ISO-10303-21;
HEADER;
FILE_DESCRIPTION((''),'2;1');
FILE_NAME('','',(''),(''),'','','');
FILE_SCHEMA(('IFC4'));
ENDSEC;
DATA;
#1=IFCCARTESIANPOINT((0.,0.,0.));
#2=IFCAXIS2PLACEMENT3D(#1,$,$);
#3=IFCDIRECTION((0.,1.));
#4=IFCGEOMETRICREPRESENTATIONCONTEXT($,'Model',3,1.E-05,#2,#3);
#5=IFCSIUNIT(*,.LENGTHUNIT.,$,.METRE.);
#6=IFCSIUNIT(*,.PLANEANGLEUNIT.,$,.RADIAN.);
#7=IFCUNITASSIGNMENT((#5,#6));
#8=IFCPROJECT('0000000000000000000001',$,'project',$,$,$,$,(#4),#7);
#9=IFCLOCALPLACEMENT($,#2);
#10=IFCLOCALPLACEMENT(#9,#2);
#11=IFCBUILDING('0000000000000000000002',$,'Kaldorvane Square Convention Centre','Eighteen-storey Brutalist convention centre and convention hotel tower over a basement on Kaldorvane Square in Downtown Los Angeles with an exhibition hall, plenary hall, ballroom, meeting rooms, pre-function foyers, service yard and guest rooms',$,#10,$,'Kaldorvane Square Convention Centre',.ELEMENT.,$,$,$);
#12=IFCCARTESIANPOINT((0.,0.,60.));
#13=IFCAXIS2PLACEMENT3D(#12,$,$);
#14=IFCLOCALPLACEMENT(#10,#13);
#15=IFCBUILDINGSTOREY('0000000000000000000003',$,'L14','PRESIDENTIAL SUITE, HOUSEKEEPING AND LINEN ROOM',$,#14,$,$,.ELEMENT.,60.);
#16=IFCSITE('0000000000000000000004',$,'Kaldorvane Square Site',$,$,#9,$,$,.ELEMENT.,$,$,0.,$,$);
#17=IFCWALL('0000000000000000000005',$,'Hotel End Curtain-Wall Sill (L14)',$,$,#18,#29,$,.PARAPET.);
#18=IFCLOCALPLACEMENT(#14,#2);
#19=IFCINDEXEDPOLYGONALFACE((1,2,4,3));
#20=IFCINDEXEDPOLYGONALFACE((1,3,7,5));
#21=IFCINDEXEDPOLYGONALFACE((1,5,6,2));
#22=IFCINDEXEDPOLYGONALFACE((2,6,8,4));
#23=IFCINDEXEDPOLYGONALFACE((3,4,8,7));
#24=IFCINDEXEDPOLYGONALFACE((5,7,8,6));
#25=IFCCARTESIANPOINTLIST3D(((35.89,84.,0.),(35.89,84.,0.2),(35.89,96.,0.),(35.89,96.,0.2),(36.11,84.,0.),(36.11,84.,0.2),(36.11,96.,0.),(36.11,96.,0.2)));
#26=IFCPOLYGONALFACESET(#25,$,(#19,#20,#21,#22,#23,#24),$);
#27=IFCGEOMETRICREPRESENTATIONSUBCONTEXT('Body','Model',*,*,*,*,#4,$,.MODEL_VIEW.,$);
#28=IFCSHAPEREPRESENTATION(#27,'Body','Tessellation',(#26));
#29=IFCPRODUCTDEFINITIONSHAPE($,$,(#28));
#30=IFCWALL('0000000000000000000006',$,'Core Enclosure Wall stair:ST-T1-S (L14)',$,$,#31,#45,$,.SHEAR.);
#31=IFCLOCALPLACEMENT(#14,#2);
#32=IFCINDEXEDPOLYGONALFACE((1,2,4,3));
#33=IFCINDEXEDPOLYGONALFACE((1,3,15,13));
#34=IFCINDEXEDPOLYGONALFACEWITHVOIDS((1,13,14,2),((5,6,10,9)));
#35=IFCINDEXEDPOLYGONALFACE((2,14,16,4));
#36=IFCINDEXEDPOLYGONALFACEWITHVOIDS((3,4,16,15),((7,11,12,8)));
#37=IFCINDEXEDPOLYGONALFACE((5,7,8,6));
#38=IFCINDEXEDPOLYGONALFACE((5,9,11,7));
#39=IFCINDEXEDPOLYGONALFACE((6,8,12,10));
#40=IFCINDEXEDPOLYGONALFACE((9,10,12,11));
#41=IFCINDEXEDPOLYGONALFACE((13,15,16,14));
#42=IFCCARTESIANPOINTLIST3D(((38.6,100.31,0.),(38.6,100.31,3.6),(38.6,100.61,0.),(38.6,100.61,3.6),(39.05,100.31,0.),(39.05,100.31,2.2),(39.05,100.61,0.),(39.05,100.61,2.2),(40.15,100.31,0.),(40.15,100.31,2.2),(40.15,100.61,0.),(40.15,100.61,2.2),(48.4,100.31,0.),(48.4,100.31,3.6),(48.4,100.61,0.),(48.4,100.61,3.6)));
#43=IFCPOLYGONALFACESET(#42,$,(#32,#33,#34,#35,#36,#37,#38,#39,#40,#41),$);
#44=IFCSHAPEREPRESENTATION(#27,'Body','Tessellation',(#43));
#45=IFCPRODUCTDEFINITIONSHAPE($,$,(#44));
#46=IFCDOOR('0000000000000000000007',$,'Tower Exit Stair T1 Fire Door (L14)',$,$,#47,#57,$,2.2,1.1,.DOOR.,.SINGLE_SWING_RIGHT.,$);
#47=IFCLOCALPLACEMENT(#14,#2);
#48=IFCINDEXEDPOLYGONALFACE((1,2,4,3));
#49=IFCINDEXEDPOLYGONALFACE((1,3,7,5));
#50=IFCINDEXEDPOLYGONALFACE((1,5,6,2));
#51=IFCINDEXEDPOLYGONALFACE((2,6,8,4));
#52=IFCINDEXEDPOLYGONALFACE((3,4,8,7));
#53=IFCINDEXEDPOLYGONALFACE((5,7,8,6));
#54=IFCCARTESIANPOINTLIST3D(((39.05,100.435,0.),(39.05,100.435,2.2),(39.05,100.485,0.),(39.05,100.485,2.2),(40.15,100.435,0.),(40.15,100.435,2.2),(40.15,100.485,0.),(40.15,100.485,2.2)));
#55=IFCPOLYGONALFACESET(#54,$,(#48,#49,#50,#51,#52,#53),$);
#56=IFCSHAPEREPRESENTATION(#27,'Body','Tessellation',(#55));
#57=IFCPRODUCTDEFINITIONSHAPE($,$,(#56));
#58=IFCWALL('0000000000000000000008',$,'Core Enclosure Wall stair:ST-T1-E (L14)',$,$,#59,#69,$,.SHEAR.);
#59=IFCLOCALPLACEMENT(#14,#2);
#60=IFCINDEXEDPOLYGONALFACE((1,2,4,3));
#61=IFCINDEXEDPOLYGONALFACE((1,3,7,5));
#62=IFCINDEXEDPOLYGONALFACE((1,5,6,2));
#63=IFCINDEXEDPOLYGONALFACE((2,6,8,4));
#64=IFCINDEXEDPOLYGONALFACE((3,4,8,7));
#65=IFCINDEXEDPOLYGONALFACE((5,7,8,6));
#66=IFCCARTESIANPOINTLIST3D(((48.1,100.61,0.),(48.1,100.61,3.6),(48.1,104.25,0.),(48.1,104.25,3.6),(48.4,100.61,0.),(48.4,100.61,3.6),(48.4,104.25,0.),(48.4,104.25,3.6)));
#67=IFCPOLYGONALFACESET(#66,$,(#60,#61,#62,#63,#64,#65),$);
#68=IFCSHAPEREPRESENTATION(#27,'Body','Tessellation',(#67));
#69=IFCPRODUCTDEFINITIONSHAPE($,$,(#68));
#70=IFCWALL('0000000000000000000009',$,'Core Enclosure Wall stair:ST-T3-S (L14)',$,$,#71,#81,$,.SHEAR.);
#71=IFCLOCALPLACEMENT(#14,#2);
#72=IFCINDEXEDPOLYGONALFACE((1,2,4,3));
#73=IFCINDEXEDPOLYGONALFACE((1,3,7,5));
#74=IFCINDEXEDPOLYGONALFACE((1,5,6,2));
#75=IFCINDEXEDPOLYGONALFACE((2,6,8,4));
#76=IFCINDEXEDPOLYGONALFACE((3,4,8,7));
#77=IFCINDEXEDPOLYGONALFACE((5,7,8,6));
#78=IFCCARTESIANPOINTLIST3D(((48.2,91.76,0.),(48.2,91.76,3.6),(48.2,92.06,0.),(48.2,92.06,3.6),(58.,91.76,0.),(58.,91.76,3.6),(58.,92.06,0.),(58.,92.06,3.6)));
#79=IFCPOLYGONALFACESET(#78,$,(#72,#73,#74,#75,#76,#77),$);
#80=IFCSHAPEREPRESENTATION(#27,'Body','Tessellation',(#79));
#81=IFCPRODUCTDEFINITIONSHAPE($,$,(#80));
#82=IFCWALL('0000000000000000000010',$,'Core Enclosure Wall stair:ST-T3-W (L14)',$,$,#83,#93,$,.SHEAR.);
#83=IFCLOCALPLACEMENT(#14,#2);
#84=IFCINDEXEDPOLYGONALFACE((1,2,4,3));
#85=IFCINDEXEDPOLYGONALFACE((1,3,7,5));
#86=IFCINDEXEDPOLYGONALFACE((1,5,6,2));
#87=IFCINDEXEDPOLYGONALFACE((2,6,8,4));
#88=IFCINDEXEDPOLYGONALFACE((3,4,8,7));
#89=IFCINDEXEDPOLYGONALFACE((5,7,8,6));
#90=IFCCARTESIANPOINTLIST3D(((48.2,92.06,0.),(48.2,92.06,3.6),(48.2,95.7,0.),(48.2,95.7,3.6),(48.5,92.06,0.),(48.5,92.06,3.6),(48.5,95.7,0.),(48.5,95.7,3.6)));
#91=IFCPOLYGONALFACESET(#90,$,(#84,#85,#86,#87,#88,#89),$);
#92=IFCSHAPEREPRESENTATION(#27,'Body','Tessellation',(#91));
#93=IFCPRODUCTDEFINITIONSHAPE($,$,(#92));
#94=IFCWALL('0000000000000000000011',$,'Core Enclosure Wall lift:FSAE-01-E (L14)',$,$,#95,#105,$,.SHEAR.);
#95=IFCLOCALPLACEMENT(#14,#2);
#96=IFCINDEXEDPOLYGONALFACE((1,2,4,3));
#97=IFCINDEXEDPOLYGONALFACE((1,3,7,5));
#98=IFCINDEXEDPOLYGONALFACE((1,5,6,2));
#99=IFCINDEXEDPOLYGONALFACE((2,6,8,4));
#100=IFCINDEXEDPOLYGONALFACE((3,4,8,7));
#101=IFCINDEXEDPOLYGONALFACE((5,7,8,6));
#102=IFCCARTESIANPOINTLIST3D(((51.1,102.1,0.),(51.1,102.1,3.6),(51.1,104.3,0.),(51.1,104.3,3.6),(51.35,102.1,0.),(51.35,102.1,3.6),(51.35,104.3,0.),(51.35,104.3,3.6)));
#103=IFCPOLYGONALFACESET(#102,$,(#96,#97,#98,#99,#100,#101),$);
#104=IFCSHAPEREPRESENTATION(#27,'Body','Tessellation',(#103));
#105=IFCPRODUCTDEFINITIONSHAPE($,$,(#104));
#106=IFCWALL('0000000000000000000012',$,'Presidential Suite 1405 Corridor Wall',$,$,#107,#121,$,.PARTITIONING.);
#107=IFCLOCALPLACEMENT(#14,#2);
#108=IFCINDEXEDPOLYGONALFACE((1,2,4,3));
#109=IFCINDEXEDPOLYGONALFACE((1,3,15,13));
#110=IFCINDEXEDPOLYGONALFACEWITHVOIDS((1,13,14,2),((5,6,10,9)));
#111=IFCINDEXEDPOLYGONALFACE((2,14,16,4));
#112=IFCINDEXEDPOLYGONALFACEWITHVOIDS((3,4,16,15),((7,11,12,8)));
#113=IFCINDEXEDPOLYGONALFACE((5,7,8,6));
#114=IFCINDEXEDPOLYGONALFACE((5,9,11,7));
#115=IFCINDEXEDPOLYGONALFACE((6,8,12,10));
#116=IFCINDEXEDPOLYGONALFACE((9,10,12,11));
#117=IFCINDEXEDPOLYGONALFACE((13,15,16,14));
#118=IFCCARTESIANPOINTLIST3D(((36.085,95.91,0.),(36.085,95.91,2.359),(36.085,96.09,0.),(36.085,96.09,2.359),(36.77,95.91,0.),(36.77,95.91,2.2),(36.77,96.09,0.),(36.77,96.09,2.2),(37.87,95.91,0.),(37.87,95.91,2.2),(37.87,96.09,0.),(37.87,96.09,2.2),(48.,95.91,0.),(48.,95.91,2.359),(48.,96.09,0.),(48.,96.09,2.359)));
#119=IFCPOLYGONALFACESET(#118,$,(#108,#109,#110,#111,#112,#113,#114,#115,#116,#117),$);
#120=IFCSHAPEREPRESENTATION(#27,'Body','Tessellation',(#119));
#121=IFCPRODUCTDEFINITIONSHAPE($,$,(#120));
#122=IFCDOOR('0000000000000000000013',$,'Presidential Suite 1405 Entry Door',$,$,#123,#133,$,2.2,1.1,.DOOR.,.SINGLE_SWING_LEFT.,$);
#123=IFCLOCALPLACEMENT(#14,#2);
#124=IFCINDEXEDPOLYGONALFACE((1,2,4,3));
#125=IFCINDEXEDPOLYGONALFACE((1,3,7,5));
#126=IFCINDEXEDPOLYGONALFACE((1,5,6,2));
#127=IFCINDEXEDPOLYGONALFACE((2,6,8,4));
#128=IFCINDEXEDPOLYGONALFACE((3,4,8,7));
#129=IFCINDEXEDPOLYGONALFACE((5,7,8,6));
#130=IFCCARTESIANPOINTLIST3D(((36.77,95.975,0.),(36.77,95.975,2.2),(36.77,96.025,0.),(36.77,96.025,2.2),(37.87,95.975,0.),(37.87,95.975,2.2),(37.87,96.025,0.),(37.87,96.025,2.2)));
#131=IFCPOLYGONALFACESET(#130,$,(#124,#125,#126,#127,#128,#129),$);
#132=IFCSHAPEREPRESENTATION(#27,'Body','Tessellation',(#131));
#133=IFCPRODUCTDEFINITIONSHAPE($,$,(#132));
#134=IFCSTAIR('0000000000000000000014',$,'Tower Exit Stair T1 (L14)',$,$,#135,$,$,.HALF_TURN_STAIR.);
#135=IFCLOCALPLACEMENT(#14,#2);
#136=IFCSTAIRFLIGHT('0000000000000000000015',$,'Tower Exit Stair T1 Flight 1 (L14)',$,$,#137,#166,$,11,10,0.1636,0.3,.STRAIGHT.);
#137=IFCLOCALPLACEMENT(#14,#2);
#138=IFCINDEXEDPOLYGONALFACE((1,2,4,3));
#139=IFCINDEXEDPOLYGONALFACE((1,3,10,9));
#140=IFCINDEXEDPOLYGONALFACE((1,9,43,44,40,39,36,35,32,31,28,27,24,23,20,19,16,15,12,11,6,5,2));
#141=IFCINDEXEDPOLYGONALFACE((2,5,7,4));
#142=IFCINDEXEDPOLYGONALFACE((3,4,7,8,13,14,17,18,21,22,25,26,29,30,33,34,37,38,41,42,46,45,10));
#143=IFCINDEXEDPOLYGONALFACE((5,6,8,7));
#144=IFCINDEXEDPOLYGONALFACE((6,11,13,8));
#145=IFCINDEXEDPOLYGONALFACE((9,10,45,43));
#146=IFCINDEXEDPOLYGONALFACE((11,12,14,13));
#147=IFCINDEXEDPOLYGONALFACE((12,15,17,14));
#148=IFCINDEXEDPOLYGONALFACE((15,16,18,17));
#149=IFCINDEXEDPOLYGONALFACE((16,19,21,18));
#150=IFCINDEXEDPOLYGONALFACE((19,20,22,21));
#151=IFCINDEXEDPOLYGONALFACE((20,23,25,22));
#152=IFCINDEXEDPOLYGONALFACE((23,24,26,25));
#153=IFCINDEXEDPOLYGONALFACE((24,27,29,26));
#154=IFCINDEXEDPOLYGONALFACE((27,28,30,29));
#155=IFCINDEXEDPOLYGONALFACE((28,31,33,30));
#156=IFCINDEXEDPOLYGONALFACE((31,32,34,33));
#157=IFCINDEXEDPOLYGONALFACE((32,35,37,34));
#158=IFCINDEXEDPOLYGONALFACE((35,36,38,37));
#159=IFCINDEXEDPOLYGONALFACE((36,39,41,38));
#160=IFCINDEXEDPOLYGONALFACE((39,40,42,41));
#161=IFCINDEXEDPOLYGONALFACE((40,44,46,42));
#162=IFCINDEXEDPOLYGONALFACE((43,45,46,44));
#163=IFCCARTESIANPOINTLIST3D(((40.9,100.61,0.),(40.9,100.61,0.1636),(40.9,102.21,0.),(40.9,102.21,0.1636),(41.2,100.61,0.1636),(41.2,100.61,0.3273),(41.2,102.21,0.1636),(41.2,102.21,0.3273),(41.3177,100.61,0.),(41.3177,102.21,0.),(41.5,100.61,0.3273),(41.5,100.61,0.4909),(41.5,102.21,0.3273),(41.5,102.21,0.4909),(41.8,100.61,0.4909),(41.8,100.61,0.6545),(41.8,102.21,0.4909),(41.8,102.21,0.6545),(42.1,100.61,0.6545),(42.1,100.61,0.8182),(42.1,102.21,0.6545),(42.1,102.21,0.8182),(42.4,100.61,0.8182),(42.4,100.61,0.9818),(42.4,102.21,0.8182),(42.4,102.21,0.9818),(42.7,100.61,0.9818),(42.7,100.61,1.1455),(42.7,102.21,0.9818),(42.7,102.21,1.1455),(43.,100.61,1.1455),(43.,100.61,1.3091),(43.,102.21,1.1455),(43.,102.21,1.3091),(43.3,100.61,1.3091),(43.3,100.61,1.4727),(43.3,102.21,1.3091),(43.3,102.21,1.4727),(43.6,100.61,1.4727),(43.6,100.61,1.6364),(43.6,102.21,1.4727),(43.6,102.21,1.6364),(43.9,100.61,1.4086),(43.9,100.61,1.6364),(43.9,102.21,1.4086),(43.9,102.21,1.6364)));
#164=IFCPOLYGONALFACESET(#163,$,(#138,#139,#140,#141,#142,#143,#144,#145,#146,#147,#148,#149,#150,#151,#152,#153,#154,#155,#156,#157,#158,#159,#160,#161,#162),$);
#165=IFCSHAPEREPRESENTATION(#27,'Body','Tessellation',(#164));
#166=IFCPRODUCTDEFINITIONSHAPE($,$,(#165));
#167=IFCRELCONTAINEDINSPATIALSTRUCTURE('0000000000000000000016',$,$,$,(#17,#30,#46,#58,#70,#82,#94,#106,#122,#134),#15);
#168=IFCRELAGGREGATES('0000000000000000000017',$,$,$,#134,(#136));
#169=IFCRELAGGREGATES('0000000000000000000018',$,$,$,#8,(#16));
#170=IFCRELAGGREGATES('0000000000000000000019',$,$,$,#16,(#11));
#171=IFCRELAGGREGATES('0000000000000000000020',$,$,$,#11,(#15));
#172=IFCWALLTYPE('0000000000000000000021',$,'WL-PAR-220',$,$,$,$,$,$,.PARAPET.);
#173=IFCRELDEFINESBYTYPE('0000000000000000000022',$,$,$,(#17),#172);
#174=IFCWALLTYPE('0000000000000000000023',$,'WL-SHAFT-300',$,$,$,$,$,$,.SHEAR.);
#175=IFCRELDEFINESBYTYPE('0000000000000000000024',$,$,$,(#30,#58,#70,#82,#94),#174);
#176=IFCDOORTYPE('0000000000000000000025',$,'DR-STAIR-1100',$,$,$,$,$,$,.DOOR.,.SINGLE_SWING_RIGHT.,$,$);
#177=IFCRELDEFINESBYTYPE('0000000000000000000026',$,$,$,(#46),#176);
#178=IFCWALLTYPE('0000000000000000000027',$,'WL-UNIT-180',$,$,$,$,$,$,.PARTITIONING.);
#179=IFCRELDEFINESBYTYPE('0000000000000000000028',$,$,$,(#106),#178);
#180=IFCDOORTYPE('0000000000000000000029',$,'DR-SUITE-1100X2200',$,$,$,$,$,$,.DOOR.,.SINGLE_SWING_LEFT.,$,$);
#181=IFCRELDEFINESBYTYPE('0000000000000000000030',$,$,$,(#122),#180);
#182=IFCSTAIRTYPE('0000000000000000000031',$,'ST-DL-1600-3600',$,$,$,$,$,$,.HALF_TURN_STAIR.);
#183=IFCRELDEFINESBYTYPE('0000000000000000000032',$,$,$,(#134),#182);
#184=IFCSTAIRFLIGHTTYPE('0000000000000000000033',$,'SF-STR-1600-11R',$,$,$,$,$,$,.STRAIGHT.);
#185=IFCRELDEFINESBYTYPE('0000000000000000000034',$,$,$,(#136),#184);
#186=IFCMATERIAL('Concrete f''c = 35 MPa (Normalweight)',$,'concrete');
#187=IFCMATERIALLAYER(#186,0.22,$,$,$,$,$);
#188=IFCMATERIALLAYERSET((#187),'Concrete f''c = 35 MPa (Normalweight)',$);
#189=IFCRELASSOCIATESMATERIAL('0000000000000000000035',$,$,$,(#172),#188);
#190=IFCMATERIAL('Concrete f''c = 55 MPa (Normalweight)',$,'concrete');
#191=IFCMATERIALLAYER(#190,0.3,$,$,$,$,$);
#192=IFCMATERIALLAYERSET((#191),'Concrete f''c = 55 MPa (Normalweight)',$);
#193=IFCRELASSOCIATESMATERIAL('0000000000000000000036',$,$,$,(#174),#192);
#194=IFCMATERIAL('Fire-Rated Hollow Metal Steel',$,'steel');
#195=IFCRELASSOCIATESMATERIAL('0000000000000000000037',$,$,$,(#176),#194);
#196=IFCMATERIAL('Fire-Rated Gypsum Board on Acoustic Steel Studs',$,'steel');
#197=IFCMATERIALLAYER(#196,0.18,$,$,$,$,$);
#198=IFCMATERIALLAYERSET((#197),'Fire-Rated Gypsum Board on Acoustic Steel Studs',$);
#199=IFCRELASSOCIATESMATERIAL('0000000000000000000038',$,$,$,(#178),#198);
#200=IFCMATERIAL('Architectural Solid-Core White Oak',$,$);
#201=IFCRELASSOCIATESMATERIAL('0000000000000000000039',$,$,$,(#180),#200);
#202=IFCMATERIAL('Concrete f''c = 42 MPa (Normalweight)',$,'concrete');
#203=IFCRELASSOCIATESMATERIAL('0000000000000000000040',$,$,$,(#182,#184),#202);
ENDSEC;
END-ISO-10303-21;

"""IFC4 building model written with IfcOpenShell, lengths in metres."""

from ifc_helpers import new_model, si_unit, direction, frame, frame_2d, origin, place, context, subcontext, project, spatial, polyline, rectangle, outline, extrude, material, layer, layer_set, type_object, element, fill, aggregate, save


model = new_model("IFC4")

# Units and contexts
model_context = context("Model", 3, precision=1e-05, world=origin(), true_north=direction((0.0, 1.0)))
body_context = subcontext(model_context, "Body", "Model", "MODEL_VIEW")
ifc_project = project(units=[si_unit("LENGTHUNIT", "METRE"), si_unit("PLANEANGLEUNIT", "RADIAN")], contexts=[model_context])

# Site, building, storey
site_placement = place(None, origin())
site = spatial("IfcSite", under=ifc_project, at=site_placement, Name="Kaldorvane Square Site", CompositionType="ELEMENT", RefElevation=0.0)
building_placement = place(site_placement, origin())
building = spatial("IfcBuilding", under=site, at=building_placement, Name="Kaldorvane Square Convention Centre", Description="Eighteen-storey Brutalist convention centre and convention hotel tower over a basement on Kaldorvane Square in Downtown Los Angeles with an exhibition hall, plenary hall, ballroom, meeting rooms, pre-function foyers, service yard and guest rooms", LongName="Kaldorvane Square Convention Centre", CompositionType="ELEMENT")
storey_placement = place(building_placement, frame((0.0, 0.0, 60.0)))
storey = spatial("IfcBuildingStorey", under=building, at=storey_placement, Name="L14", Description="PRESIDENTIAL SUITE, HOUSEKEEPING AND LINEN ROOM", CompositionType="ELEMENT", Elevation=60.0)

# Shared definitions
ifc_material_1 = material(Name="Fire-Rated Gypsum Board on Acoustic Steel Studs", Category="steel")
ifc_material_2 = material(Name="Architectural Solid-Core White Oak")

# Wall
ifc_material_3 = material(Name="Concrete f'c = 35 MPa (Normalweight)", Category="concrete")
ifc_layer_1 = layer(ifc_material_3, 0.22)
ifc_layer_set_1 = layer_set([ifc_layer_1], Name="Concrete f'c = 35 MPa (Normalweight)")
wall_type_1 = type_object("IfcWallType", Name="WL-PAR-220", PredefinedType="PARAPET", material=ifc_layer_set_1)
wall_1_placement = place(storey_placement, frame((36.0, 96.0, 0.0), z_axis=(0.0, 0.0, 1.0), x_axis=(0.0, -1.0, 0.0)))
element("IfcWall", 1, at=wall_1_placement, inside=storey, type_object=wall_type_1, Name="Hotel End Curtain-Wall Sill (L14)", PredefinedType="PARAPET", context=body_context, shape_type="SweptSolid", body=[
    extrude(rectangle(XDim=12.0, YDim=0.22, at=frame_2d((6.0, 0.0))), origin(), (0.0, 0.0, 1.0), 0.2),
])

# Wall, opening, door
ifc_material_4 = material(Name="Concrete f'c = 55 MPa (Normalweight)", Category="concrete")
ifc_layer_2 = layer(ifc_material_4, 0.3)
ifc_layer_set_2 = layer_set([ifc_layer_2], Name="Concrete f'c = 55 MPa (Normalweight)")
wall_type_2 = type_object("IfcWallType", Name="WL-SHAFT-300", PredefinedType="SHEAR", material=ifc_layer_set_2)
wall_2_placement = place(storey_placement, frame((38.6, 100.46, 0.0), z_axis=(0.0, 0.0, 1.0), x_axis=(1.0, 0.0, 0.0)))
wall_2 = element("IfcWall", 2, at=wall_2_placement, inside=storey, type_object=wall_type_2, Name="Core Enclosure Wall stair:ST-T1-S (L14)", PredefinedType="SHEAR", context=body_context, shape_type="SweptSolid", body=[
    extrude(rectangle(XDim=9.8, YDim=0.3, at=frame_2d((4.9, 0.0))), origin(), (0.0, 0.0, 1.0), 3.6),
])
opening_1_placement = place(wall_2_placement, frame((0.45, 0.0, 0.0)))
opening_1 = element("IfcOpeningElement", 3, at=opening_1_placement, cuts=wall_2, PredefinedType="OPENING", context=body_context, shape_type="SweptSolid", body=[
    extrude(rectangle(XDim=1.1, YDim=2.2, at=frame_2d((0.55, 1.1))), frame((0.0, 0.165, 0.0), z_axis=(0.0, -1.0, 0.0), x_axis=(1.0, 0.0, 0.0)), (0.0, 0.0, 1.0), 0.33),
])
ifc_material_5 = material(Name="Fire-Rated Hollow Metal Steel", Category="steel")
door_type_1 = type_object("IfcDoorType", Name="DR-STAIR-1100", OperationType="SINGLE_SWING_RIGHT", PredefinedType="DOOR", material=ifc_material_5)
door_1_placement = place(opening_1_placement, origin())
door_1 = element("IfcDoor", 4, at=door_1_placement, inside=storey, type_object=door_type_1, Name="Tower Exit Stair T1 Fire Door (L14)", OperationType="SINGLE_SWING_RIGHT", OverallHeight=2.2, OverallWidth=1.1, PredefinedType="DOOR", context=body_context, shape_type="SweptSolid", body=[
    extrude(rectangle(XDim=1.1, YDim=2.2, at=frame_2d((0.55, 1.1))), frame((0.0, 0.025, 0.0), z_axis=(0.0, -1.0, 0.0), x_axis=(1.0, 0.0, 0.0)), (0.0, 0.0, 1.0), 0.05),
])
fill(opening_1, door_1)

# Walls
wall_3_placement = place(storey_placement, frame((48.25, 100.61, 0.0), z_axis=(0.0, 0.0, 1.0), x_axis=(0.0, 1.0, 0.0)))
element("IfcWall", 5, at=wall_3_placement, inside=storey, type_object=wall_type_2, Name="Core Enclosure Wall stair:ST-T1-E (L14)", PredefinedType="SHEAR", context=body_context, shape_type="SweptSolid", body=[
    extrude(rectangle(XDim=3.64, YDim=0.3, at=frame_2d((1.82, 0.0))), origin(), (0.0, 0.0, 1.0), 3.6),
])
wall_4_placement = place(storey_placement, frame((48.2, 91.91, 0.0), z_axis=(0.0, 0.0, 1.0), x_axis=(1.0, 0.0, 0.0)))
element("IfcWall", 6, at=wall_4_placement, inside=storey, type_object=wall_type_2, Name="Core Enclosure Wall stair:ST-T3-S (L14)", PredefinedType="SHEAR", context=body_context, shape_type="SweptSolid", body=[
    extrude(rectangle(XDim=9.8, YDim=0.3, at=frame_2d((4.9, 0.0))), origin(), (0.0, 0.0, 1.0), 3.6),
])
wall_5_placement = place(storey_placement, frame((48.35, 95.7, 0.0), z_axis=(0.0, 0.0, 1.0), x_axis=(0.0, -1.0, 0.0)))
element("IfcWall", 7, at=wall_5_placement, inside=storey, type_object=wall_type_2, Name="Core Enclosure Wall stair:ST-T3-W (L14)", PredefinedType="SHEAR", context=body_context, shape_type="SweptSolid", body=[
    extrude(rectangle(XDim=3.64, YDim=0.3, at=frame_2d((1.82, 0.0))), origin(), (0.0, 0.0, 1.0), 3.6),
])

# Wall
wall_6_placement = place(storey_placement, frame((51.225, 102.1, 0.0), z_axis=(0.0, 0.0, 1.0), x_axis=(0.0, 1.0, 0.0)))
element("IfcWall", 8, at=wall_6_placement, inside=storey, type_object=wall_type_2, Name="Core Enclosure Wall lift:FSAE-01-E (L14)", PredefinedType="SHEAR", context=body_context, shape_type="SweptSolid", body=[
    extrude(rectangle(XDim=2.2, YDim=0.25, at=frame_2d((1.1, 0.0))), origin(), (0.0, 0.0, 1.0), 3.6),
])

# Wall, opening, door
ifc_layer_3 = layer(ifc_material_1, 0.18)
ifc_layer_set_3 = layer_set([ifc_layer_3], Name="Fire-Rated Gypsum Board on Acoustic Steel Studs")
wall_type_3 = type_object("IfcWallType", Name="WL-UNIT-180", PredefinedType="PARTITIONING", material=ifc_layer_set_3)
wall_7_placement = place(storey_placement, frame((36.085, 96.0, 0.0), z_axis=(0.0, 0.0, 1.0), x_axis=(1.0, 0.0, 0.0)))
wall_7 = element("IfcWall", 9, at=wall_7_placement, inside=storey, type_object=wall_type_3, Name="Presidential Suite 1405 Corridor Wall", PredefinedType="PARTITIONING", context=body_context, shape_type="SweptSolid", body=[
    extrude(rectangle(XDim=11.915, YDim=0.18, at=frame_2d((5.9575, 0.0))), origin(), (0.0, 0.0, 1.0), 2.359),
])
opening_2_placement = place(wall_7_placement, frame((0.685, 0.0, 0.0)))
opening_2 = element("IfcOpeningElement", 10, at=opening_2_placement, cuts=wall_7, PredefinedType="OPENING", context=body_context, shape_type="SweptSolid", body=[
    extrude(rectangle(XDim=1.1, YDim=2.2, at=frame_2d((0.55, 1.1))), frame((0.0, 0.105, 0.0), z_axis=(0.0, -1.0, 0.0), x_axis=(1.0, 0.0, 0.0)), (0.0, 0.0, 1.0), 0.21),
])
door_type_2 = type_object("IfcDoorType", Name="DR-SUITE-1100X2200", OperationType="SINGLE_SWING_LEFT", PredefinedType="DOOR", material=ifc_material_2)
door_2_placement = place(opening_2_placement, origin())
door_2 = element("IfcDoor", 11, at=door_2_placement, inside=storey, type_object=door_type_2, Name="Presidential Suite 1405 Entry Door", OperationType="SINGLE_SWING_LEFT", OverallHeight=2.2, OverallWidth=1.1, PredefinedType="DOOR", context=body_context, shape_type="SweptSolid", body=[
    extrude(rectangle(XDim=1.1, YDim=2.2, at=frame_2d((0.55, 1.1))), frame((0.0, 0.025, 0.0), z_axis=(0.0, -1.0, 0.0), x_axis=(1.0, 0.0, 0.0)), (0.0, 0.0, 1.0), 0.05),
])
fill(opening_2, door_2)

# Stair, stair flight
ifc_material_6 = material(Name="Concrete f'c = 42 MPa (Normalweight)", Category="concrete")
stair_type = type_object("IfcStairType", Name="ST-DL-1600-3600", PredefinedType="HALF_TURN_STAIR", material=ifc_material_6)
stair_1_placement = place(storey_placement, origin())
stair_1 = element("IfcStair", 12, at=stair_1_placement, inside=storey, type_object=stair_type, Name="Tower Exit Stair T1 (L14)", PredefinedType="HALF_TURN_STAIR")
stair_flight_type = type_object("IfcStairFlightType", Name="SF-STR-1600-11R", PredefinedType="STRAIGHT", material=ifc_material_6)
stair_flight_1_placement = place(storey_placement, frame((40.9, 101.41, 0.0), z_axis=(0.0, 0.0, 1.0), x_axis=(1.0, 0.0, 0.0)))
stair_flight_1 = element("IfcStairFlight", 13, at=stair_flight_1_placement, type_object=stair_flight_type, Name="Tower Exit Stair T1 Flight 1 (L14)", NumberOfRisers=11, NumberOfTreads=10, PredefinedType="STRAIGHT", RiserHeight=0.1636, TreadLength=0.3, context=body_context, shape_type="SweptSolid", body=[
    extrude(outline(polyline([(0.0, 0.0), (0.0, 0.1636), (0.3, 0.1636), (0.3, 0.3273), (0.6, 0.3273), (0.6, 0.4909), (0.9, 0.4909), (0.9, 0.6545), (1.2, 0.6545), (1.2, 0.8182), (1.5, 0.8182), (1.5, 0.9818), (1.8, 0.9818), (1.8, 1.1455), (2.1, 1.1455), (2.1, 1.3091), (2.4, 1.3091), (2.4, 1.4727), (2.7, 1.4727), (2.7, 1.6364), (3.0, 1.6364), (3.0, 1.8), (3.0, 1.4086), (0.4177, 0.0), (0.0, 0.0)])), frame((0.0, 0.8, 0.0), z_axis=(0.0, -1.0, 0.0), x_axis=(1.0, 0.0, 0.0)), (0.0, 0.0, 1.0), 1.6),
])
aggregate(stair_1, [stair_flight_1])

save(model, "model.ifc")
